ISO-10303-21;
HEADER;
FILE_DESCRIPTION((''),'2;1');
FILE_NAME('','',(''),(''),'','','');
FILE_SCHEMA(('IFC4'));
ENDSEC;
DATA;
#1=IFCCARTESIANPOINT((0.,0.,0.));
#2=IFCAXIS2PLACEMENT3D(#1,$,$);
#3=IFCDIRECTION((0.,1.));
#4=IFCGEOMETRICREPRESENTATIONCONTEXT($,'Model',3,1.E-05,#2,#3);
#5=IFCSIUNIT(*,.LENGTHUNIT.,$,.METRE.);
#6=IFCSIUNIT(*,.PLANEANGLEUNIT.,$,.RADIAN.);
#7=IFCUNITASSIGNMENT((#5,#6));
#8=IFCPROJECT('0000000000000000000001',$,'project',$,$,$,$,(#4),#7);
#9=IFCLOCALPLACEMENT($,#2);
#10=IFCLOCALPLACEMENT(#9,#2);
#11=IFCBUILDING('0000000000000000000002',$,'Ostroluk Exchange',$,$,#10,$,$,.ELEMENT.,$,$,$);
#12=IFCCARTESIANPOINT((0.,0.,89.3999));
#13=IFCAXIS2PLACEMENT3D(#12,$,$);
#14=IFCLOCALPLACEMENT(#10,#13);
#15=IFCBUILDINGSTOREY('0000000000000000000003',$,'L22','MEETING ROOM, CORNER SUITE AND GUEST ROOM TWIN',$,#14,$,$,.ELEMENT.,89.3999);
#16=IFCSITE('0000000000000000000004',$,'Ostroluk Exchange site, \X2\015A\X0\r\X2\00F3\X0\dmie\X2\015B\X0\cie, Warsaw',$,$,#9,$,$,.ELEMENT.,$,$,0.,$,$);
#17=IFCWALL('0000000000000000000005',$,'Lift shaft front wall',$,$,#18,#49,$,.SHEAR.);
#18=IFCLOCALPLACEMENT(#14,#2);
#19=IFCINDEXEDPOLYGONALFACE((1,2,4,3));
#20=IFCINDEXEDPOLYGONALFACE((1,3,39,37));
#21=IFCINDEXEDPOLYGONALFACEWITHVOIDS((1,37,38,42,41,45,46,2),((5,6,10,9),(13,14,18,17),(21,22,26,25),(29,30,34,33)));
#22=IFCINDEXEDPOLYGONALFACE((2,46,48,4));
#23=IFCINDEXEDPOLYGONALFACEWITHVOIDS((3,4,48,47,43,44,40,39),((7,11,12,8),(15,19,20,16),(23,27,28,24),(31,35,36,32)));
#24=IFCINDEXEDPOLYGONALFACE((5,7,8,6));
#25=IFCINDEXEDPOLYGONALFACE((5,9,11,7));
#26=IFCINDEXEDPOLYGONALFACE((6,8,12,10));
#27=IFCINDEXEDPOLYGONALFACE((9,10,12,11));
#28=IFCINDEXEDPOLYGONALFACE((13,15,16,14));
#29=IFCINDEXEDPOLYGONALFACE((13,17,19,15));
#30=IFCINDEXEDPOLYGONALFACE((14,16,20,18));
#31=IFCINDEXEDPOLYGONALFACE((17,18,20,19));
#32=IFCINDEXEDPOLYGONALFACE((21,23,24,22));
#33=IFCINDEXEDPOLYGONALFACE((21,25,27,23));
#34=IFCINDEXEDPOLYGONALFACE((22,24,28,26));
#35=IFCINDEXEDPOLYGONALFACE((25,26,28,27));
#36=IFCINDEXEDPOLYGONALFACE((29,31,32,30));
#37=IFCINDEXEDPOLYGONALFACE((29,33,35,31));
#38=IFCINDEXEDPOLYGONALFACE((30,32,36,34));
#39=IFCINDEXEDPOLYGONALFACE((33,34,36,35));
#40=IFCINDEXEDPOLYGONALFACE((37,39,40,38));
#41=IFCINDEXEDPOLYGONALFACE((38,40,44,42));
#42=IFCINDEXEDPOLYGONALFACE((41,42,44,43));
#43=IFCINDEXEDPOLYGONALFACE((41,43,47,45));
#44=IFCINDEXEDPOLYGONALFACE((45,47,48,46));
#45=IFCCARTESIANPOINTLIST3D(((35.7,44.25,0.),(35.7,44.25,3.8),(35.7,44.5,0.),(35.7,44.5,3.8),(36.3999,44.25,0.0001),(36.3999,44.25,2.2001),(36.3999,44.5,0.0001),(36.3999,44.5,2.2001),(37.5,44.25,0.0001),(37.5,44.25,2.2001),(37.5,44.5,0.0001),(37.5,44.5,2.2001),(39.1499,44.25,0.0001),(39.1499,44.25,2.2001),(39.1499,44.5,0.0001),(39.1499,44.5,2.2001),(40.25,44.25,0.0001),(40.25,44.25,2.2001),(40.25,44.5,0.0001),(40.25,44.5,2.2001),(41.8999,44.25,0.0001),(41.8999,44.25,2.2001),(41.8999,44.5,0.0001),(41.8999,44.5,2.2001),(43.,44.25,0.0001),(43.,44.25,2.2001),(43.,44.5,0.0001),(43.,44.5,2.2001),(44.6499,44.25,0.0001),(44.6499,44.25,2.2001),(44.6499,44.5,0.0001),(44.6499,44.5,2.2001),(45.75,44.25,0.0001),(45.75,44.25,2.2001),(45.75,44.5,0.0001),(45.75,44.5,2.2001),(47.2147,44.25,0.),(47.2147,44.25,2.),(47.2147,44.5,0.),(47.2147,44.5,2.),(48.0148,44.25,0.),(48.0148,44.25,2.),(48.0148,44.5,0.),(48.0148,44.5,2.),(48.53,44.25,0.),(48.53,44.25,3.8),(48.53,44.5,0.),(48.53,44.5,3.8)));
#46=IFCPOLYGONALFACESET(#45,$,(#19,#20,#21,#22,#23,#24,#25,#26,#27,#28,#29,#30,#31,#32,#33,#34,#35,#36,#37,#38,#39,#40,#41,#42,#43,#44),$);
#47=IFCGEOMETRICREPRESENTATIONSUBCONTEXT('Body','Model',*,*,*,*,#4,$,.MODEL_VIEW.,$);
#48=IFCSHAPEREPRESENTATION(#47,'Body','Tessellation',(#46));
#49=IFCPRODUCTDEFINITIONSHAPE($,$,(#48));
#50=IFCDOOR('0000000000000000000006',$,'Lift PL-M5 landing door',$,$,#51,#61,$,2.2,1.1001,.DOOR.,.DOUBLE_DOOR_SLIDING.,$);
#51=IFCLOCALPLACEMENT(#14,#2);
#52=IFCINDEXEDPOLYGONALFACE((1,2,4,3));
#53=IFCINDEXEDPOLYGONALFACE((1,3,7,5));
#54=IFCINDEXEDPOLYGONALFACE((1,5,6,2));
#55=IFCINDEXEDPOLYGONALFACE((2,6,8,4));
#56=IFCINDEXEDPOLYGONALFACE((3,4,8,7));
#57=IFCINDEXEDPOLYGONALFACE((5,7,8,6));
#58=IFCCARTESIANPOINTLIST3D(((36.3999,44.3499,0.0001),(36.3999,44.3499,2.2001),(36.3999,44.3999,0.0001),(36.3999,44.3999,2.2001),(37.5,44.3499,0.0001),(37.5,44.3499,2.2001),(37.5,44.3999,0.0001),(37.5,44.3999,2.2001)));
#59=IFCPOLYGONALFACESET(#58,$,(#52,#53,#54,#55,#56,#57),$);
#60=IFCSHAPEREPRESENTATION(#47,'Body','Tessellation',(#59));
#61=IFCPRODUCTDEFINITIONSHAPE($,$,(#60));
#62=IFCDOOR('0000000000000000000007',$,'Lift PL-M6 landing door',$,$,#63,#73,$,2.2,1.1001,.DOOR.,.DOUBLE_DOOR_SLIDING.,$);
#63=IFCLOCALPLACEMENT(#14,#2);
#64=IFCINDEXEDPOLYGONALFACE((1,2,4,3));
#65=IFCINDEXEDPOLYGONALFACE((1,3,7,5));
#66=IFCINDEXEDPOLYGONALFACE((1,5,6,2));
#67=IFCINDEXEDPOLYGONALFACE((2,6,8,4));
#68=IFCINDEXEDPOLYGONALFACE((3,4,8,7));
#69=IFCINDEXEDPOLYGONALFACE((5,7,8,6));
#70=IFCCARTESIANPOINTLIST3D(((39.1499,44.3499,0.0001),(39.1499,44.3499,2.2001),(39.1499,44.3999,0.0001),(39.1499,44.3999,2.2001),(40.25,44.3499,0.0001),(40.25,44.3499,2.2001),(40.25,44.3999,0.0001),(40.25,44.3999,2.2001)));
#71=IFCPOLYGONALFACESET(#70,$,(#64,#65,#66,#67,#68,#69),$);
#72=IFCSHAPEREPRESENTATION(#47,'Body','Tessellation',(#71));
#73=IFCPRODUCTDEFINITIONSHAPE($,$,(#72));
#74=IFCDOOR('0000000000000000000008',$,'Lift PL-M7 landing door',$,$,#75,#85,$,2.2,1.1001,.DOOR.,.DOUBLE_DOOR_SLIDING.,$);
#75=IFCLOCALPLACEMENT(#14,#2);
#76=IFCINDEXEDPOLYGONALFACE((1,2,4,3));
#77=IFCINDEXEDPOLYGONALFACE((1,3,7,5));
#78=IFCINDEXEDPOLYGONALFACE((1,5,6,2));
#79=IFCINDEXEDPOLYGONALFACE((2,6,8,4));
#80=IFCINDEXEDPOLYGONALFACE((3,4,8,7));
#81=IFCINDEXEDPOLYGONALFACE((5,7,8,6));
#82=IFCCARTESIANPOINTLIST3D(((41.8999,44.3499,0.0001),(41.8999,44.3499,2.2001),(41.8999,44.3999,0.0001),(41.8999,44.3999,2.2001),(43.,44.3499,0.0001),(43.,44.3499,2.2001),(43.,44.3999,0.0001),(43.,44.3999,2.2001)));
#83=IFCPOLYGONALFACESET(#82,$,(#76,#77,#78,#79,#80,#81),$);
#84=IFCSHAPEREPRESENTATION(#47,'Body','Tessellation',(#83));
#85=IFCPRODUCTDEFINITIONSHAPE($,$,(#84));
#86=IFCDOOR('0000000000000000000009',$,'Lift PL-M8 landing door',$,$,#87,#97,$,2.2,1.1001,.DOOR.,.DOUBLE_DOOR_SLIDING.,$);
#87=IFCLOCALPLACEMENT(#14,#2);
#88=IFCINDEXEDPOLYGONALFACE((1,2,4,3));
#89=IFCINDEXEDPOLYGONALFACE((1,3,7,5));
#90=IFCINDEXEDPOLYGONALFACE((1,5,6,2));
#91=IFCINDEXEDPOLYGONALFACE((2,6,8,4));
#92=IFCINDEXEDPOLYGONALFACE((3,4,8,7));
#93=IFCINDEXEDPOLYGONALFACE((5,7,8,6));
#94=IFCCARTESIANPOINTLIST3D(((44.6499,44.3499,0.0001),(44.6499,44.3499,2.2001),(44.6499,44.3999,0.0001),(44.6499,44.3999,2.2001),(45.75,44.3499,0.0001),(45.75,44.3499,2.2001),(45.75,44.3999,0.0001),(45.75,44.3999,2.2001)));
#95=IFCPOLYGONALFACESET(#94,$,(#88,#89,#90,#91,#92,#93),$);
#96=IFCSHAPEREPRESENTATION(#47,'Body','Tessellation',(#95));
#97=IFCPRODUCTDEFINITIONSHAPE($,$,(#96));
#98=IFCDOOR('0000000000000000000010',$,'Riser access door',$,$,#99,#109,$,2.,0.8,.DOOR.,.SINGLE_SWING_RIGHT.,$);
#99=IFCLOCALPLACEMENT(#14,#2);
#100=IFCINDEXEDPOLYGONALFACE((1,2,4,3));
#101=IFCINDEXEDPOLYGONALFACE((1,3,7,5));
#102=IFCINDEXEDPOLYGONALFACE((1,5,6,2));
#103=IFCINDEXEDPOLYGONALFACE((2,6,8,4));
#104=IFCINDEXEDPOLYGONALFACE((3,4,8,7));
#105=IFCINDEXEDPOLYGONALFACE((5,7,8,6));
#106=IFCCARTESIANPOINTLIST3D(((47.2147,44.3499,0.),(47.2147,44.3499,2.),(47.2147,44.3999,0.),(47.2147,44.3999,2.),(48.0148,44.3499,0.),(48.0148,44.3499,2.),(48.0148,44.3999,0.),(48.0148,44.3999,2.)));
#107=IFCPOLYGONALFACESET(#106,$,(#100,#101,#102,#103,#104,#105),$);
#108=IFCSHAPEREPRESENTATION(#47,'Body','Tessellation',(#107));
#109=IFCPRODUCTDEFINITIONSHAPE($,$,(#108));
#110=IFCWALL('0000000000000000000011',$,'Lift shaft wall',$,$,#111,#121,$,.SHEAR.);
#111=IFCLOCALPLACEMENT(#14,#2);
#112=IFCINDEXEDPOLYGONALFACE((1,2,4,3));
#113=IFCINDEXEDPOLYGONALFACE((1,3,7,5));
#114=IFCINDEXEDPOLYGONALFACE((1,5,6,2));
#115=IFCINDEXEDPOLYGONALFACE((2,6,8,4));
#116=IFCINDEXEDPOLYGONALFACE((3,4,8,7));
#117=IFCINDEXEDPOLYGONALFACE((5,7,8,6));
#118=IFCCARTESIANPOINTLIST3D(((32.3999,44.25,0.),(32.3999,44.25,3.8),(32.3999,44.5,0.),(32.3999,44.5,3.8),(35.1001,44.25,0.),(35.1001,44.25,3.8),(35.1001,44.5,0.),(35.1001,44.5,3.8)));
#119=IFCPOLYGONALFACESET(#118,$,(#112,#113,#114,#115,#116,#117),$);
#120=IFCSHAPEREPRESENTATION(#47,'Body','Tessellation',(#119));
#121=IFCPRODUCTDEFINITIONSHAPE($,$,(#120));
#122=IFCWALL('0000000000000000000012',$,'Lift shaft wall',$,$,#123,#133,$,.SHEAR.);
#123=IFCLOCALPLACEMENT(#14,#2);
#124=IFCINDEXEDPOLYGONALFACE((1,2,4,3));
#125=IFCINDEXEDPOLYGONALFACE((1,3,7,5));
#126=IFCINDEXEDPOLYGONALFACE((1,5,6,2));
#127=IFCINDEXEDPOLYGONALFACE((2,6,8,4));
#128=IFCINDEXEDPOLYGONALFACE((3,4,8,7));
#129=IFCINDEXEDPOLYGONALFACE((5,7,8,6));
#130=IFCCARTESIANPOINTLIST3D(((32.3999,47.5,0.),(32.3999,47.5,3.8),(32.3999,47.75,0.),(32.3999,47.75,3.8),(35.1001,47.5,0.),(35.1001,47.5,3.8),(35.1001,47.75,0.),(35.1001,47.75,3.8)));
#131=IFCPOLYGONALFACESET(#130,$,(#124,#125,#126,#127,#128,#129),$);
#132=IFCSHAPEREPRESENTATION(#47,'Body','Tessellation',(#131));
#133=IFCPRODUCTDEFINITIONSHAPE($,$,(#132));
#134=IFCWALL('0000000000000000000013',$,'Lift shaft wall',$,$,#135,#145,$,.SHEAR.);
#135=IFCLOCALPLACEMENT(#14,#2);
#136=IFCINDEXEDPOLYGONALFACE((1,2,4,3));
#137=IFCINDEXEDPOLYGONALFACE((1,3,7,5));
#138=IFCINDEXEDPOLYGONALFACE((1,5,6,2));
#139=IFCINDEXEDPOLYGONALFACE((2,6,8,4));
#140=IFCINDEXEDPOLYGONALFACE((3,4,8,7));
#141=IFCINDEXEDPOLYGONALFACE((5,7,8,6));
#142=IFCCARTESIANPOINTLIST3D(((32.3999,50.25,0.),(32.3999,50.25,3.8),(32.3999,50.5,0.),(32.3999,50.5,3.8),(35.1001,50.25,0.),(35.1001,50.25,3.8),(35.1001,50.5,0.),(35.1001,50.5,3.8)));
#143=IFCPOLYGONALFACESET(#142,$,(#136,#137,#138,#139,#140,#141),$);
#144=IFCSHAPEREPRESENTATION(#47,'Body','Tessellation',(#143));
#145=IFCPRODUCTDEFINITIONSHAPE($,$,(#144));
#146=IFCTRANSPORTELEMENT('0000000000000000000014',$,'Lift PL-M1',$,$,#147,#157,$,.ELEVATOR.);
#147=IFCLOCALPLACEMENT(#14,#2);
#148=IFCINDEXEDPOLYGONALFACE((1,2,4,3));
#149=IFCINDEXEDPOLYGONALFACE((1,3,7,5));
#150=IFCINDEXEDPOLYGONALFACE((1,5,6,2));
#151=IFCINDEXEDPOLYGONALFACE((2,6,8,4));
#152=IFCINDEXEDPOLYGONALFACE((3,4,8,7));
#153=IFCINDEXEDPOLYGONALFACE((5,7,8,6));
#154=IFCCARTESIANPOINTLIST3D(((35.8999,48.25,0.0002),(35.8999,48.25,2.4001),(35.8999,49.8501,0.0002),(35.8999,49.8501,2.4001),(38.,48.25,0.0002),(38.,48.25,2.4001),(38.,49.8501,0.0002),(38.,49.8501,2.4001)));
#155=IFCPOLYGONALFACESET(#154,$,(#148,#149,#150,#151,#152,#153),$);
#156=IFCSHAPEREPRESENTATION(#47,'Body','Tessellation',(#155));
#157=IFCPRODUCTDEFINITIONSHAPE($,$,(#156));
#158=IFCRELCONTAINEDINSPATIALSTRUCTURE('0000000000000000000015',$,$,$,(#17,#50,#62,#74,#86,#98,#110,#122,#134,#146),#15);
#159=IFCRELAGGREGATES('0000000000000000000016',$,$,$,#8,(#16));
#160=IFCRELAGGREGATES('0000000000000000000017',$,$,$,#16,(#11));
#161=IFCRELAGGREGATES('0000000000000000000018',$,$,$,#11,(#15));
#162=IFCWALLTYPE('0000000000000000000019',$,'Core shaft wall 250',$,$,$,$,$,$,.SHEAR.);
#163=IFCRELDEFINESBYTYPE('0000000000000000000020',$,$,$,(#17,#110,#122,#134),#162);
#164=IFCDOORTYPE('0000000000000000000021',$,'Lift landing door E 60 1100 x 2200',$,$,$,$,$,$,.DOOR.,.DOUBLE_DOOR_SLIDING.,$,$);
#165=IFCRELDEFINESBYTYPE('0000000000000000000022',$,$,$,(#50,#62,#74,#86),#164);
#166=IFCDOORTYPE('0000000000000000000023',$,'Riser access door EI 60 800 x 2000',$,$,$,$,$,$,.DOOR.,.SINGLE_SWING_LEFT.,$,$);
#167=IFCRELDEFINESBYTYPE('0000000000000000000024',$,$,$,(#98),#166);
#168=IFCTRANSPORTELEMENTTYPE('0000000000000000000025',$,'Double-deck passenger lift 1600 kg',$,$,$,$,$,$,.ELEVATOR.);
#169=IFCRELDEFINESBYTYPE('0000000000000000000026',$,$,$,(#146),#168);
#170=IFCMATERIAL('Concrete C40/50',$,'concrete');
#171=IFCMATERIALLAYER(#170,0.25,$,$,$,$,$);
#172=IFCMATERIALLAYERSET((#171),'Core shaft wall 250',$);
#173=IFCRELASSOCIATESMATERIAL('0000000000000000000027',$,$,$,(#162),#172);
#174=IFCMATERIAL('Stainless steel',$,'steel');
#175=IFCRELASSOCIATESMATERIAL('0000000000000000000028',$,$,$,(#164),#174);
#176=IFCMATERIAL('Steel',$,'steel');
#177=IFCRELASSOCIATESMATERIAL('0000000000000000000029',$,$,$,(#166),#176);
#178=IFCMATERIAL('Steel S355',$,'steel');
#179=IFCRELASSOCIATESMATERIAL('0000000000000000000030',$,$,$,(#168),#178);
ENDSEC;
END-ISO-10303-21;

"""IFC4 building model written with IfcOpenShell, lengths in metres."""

from ifc_helpers import new_model, si_unit, direction, frame, frame_2d, origin, origin_2d, place, context, subcontext, project, spatial, rectangle, extrude, material, layer, layer_set, type_object, element, fill, save


model = new_model("IFC4")

# Units and contexts
model_context = context("Model", 3, precision=1e-05, world=origin(), true_north=direction((0.0, 1.0)))
body_context = subcontext(model_context, "Body", "Model", "MODEL_VIEW")
ifc_project = project(units=[si_unit("LENGTHUNIT", "METRE"), si_unit("PLANEANGLEUNIT", "RADIAN")], contexts=[model_context])

# Site, building, storey
site_placement = place(None, origin())
site = spatial("IfcSite", under=ifc_project, at=site_placement, Name="Ostroluk Exchange site, Śródmieście, Warsaw", CompositionType="ELEMENT", RefElevation=0.0)
building_placement = place(site_placement, origin())
building = spatial("IfcBuilding", under=site, at=building_placement, Name="Ostroluk Exchange", CompositionType="ELEMENT")
storey_placement = place(building_placement, frame((0.0, 0.0, 89.3999)))
storey = spatial("IfcBuildingStorey", under=building, at=storey_placement, Name="L22", Description="MEETING ROOM, CORNER SUITE AND GUEST ROOM TWIN", CompositionType="ELEMENT", Elevation=89.3999)

# Shared definitions
ifc_material_1 = material(Name="Concrete C40/50", Category="concrete")
ifc_layer = layer(ifc_material_1, 0.25)
ifc_layer_set = layer_set([ifc_layer], Name="Core shaft wall 250")
wall_type = type_object("IfcWallType", Name="Core shaft wall 250", PredefinedType="SHEAR", material=ifc_layer_set)

# Shared definitions
ifc_material_2 = material(Name="Stainless steel", Category="steel")
door_type_1 = type_object("IfcDoorType", Name="Lift landing door E 60 1100 x 2200", OperationType="DOUBLE_DOOR_SLIDING", PredefinedType="DOOR", material=ifc_material_2)
ifc_material_3 = material(Name="Steel", Category="steel")
door_type_2 = type_object("IfcDoorType", Name="Riser access door EI 60 800 x 2000", OperationType="SINGLE_SWING_LEFT", PredefinedType="DOOR", material=ifc_material_3)

# Wall, openings, doors
wall_1_placement = place(storey_placement, frame((35.7, 44.375, 0.0), z_axis=(0.0, 0.0, 1.0), x_axis=(1.0, 0.0, 0.0)))
wall_1 = element("IfcWall", 1, at=wall_1_placement, inside=storey, type_object=wall_type, Name="Lift shaft front wall", PredefinedType="SHEAR", context=body_context, shape_type="SweptSolid", body=[
    extrude(rectangle(XDim=12.8301, YDim=0.25, at=frame_2d((6.415, 0.0))), origin(), (0.0, 0.0, 1.0), 3.8),
])
opening_1_placement = place(wall_1_placement, frame((0.7, 0.0, 0.0)))
opening_1 = element("IfcOpeningElement", 2, at=opening_1_placement, cuts=wall_1, PredefinedType="OPENING", context=body_context, shape_type="SweptSolid", body=[
    extrude(rectangle(XDim=1.1001, YDim=2.2, at=frame_2d((0.55, 1.1001))), frame((0.0, 0.135, 0.0), z_axis=(0.0, -1.0, 0.0), x_axis=(1.0, 0.0, 0.0)), (0.0, 0.0, 1.0), 0.27),
])
opening_2_placement = place(wall_1_placement, frame((3.45, 0.0, 0.0)))
opening_2 = element("IfcOpeningElement", 3, at=opening_2_placement, cuts=wall_1, PredefinedType="OPENING", context=body_context, shape_type="SweptSolid", body=[
    extrude(rectangle(XDim=1.1001, YDim=2.2, at=frame_2d((0.55, 1.1001))), frame((0.0, 0.135, 0.0), z_axis=(0.0, -1.0, 0.0), x_axis=(1.0, 0.0, 0.0)), (0.0, 0.0, 1.0), 0.27),
])
opening_3_placement = place(wall_1_placement, frame((6.2, 0.0, 0.0)))
opening_3 = element("IfcOpeningElement", 4, at=opening_3_placement, cuts=wall_1, PredefinedType="OPENING", context=body_context, shape_type="SweptSolid", body=[
    extrude(rectangle(XDim=1.1001, YDim=2.2, at=frame_2d((0.55, 1.1001))), frame((0.0, 0.135, 0.0), z_axis=(0.0, -1.0, 0.0), x_axis=(1.0, 0.0, 0.0)), (0.0, 0.0, 1.0), 0.27),
])
opening_4_placement = place(wall_1_placement, frame((8.95, 0.0, 0.0)))
opening_4 = element("IfcOpeningElement", 5, at=opening_4_placement, cuts=wall_1, PredefinedType="OPENING", context=body_context, shape_type="SweptSolid", body=[
    extrude(rectangle(XDim=1.1001, YDim=2.2, at=frame_2d((0.55, 1.1001))), frame((0.0, 0.135, 0.0), z_axis=(0.0, -1.0, 0.0), x_axis=(1.0, 0.0, 0.0)), (0.0, 0.0, 1.0), 0.27),
])
opening_5_placement = place(wall_1_placement, frame((11.5149, 0.0, 0.0)))
opening_5 = element("IfcOpeningElement", 6, at=opening_5_placement, cuts=wall_1, PredefinedType="OPENING", context=body_context, shape_type="SweptSolid", body=[
    extrude(rectangle(XDim=0.8, YDim=2.0, at=frame_2d((0.3999, 1.0))), frame((0.0, 0.135, 0.0), z_axis=(0.0, -1.0, 0.0), x_axis=(1.0, 0.0, 0.0)), (0.0, 0.0, 1.0), 0.27),
])
door_1_placement = place(opening_1_placement, origin())
door_1 = element("IfcDoor", 7, at=door_1_placement, inside=storey, type_object=door_type_1, Name="Lift PL-M5 landing door", OperationType="DOUBLE_DOOR_SLIDING", OverallHeight=2.2, OverallWidth=1.1001, PredefinedType="DOOR", context=body_context, shape_type="SweptSolid", body=[
    extrude(rectangle(XDim=1.1001, YDim=2.2, at=frame_2d((0.55, 1.1001))), frame((0.0, 0.0249, 0.0), z_axis=(0.0, -1.0, 0.0), x_axis=(1.0, 0.0, 0.0)), (0.0, 0.0, 1.0), 0.05),
])
fill(opening_1, door_1)
door_2_placement = place(opening_2_placement, origin())
door_2 = element("IfcDoor", 8, at=door_2_placement, inside=storey, type_object=door_type_1, Name="Lift PL-M6 landing door", OperationType="DOUBLE_DOOR_SLIDING", OverallHeight=2.2, OverallWidth=1.1001, PredefinedType="DOOR", context=body_context, shape_type="SweptSolid", body=[
    extrude(rectangle(XDim=1.1001, YDim=2.2, at=frame_2d((0.55, 1.1001))), frame((0.0, 0.0249, 0.0), z_axis=(0.0, -1.0, 0.0), x_axis=(1.0, 0.0, 0.0)), (0.0, 0.0, 1.0), 0.05),
])
fill(opening_2, door_2)
door_3_placement = place(opening_3_placement, origin())
door_3 = element("IfcDoor", 9, at=door_3_placement, inside=storey, type_object=door_type_1, Name="Lift PL-M7 landing door", OperationType="DOUBLE_DOOR_SLIDING", OverallHeight=2.2, OverallWidth=1.1001, PredefinedType="DOOR", context=body_context, shape_type="SweptSolid", body=[
    extrude(rectangle(XDim=1.1001, YDim=2.2, at=frame_2d((0.55, 1.1001))), frame((0.0, 0.0249, 0.0), z_axis=(0.0, -1.0, 0.0), x_axis=(1.0, 0.0, 0.0)), (0.0, 0.0, 1.0), 0.05),
])
fill(opening_3, door_3)
door_4_placement = place(opening_4_placement, origin())
door_4 = element("IfcDoor", 10, at=door_4_placement, inside=storey, type_object=door_type_1, Name="Lift PL-M8 landing door", OperationType="DOUBLE_DOOR_SLIDING", OverallHeight=2.2, OverallWidth=1.1001, PredefinedType="DOOR", context=body_context, shape_type="SweptSolid", body=[
    extrude(rectangle(XDim=1.1001, YDim=2.2, at=frame_2d((0.55, 1.1001))), frame((0.0, 0.0249, 0.0), z_axis=(0.0, -1.0, 0.0), x_axis=(1.0, 0.0, 0.0)), (0.0, 0.0, 1.0), 0.05),
])
fill(opening_4, door_4)
door_5_placement = place(opening_5_placement, origin())
door_5 = element("IfcDoor", 11, at=door_5_placement, inside=storey, type_object=door_type_2, Name="Riser access door", OperationType="SINGLE_SWING_RIGHT", OverallHeight=2.0, OverallWidth=0.8, PredefinedType="DOOR", context=body_context, shape_type="SweptSolid", body=[
    extrude(rectangle(XDim=0.8, YDim=2.0, at=frame_2d((0.3999, 1.0))), frame((0.0, 0.0249, 0.0), z_axis=(0.0, -1.0, 0.0), x_axis=(1.0, 0.0, 0.0)), (0.0, 0.0, 1.0), 0.05),
])
fill(opening_5, door_5)

# Walls
for number, where, z_axis, x_axis, name in (
    (12, (32.3999, 44.375, 0.0), (0.0, 0.0, 1.0), (1.0, 0.0, 0.0), "Lift shaft wall"),
    (13, (32.3999, 47.625, 0.0), (0.0, 0.0, 1.0), (1.0, 0.0, 0.0), "Lift shaft wall"),
    (14, (32.3999, 50.375, 0.0), (0.0, 0.0, 1.0), (1.0, 0.0, 0.0), "Lift shaft wall"),
):
    element("IfcWall", number, at=place(storey_placement, frame(where, z_axis=z_axis, x_axis=x_axis)), inside=storey, type_object=wall_type, Name=name, PredefinedType="SHEAR", context=body_context, shape_type="SweptSolid", body=[
        extrude(rectangle(XDim=2.7002, YDim=0.25, at=frame_2d((1.3501, 0.0))), origin(), (0.0, 0.0, 1.0), 3.8),
    ])

# Transport element
ifc_material_4 = material(Name="Steel S355", Category="steel")
transport_element_type = type_object("IfcTransportElementType", Name="Double-deck passenger lift 1600 kg", PredefinedType="ELEVATOR", material=ifc_material_4)
transport_element_placement = place(storey_placement, frame((36.95, 49.05, 0.0002), z_axis=(0.0, 0.0, 1.0), x_axis=(1.0, 0.0, 0.0)))
element("IfcTransportElement", 15, at=transport_element_placement, inside=storey, type_object=transport_element_type, Name="Lift PL-M1", PredefinedType="ELEVATOR", context=body_context, shape_type="SweptSolid", body=[
    extrude(rectangle(XDim=2.1001, YDim=1.6001, at=origin_2d()), origin(), (0.0, 0.0, 1.0), 2.3999),
])

save(model, "model.ifc")
